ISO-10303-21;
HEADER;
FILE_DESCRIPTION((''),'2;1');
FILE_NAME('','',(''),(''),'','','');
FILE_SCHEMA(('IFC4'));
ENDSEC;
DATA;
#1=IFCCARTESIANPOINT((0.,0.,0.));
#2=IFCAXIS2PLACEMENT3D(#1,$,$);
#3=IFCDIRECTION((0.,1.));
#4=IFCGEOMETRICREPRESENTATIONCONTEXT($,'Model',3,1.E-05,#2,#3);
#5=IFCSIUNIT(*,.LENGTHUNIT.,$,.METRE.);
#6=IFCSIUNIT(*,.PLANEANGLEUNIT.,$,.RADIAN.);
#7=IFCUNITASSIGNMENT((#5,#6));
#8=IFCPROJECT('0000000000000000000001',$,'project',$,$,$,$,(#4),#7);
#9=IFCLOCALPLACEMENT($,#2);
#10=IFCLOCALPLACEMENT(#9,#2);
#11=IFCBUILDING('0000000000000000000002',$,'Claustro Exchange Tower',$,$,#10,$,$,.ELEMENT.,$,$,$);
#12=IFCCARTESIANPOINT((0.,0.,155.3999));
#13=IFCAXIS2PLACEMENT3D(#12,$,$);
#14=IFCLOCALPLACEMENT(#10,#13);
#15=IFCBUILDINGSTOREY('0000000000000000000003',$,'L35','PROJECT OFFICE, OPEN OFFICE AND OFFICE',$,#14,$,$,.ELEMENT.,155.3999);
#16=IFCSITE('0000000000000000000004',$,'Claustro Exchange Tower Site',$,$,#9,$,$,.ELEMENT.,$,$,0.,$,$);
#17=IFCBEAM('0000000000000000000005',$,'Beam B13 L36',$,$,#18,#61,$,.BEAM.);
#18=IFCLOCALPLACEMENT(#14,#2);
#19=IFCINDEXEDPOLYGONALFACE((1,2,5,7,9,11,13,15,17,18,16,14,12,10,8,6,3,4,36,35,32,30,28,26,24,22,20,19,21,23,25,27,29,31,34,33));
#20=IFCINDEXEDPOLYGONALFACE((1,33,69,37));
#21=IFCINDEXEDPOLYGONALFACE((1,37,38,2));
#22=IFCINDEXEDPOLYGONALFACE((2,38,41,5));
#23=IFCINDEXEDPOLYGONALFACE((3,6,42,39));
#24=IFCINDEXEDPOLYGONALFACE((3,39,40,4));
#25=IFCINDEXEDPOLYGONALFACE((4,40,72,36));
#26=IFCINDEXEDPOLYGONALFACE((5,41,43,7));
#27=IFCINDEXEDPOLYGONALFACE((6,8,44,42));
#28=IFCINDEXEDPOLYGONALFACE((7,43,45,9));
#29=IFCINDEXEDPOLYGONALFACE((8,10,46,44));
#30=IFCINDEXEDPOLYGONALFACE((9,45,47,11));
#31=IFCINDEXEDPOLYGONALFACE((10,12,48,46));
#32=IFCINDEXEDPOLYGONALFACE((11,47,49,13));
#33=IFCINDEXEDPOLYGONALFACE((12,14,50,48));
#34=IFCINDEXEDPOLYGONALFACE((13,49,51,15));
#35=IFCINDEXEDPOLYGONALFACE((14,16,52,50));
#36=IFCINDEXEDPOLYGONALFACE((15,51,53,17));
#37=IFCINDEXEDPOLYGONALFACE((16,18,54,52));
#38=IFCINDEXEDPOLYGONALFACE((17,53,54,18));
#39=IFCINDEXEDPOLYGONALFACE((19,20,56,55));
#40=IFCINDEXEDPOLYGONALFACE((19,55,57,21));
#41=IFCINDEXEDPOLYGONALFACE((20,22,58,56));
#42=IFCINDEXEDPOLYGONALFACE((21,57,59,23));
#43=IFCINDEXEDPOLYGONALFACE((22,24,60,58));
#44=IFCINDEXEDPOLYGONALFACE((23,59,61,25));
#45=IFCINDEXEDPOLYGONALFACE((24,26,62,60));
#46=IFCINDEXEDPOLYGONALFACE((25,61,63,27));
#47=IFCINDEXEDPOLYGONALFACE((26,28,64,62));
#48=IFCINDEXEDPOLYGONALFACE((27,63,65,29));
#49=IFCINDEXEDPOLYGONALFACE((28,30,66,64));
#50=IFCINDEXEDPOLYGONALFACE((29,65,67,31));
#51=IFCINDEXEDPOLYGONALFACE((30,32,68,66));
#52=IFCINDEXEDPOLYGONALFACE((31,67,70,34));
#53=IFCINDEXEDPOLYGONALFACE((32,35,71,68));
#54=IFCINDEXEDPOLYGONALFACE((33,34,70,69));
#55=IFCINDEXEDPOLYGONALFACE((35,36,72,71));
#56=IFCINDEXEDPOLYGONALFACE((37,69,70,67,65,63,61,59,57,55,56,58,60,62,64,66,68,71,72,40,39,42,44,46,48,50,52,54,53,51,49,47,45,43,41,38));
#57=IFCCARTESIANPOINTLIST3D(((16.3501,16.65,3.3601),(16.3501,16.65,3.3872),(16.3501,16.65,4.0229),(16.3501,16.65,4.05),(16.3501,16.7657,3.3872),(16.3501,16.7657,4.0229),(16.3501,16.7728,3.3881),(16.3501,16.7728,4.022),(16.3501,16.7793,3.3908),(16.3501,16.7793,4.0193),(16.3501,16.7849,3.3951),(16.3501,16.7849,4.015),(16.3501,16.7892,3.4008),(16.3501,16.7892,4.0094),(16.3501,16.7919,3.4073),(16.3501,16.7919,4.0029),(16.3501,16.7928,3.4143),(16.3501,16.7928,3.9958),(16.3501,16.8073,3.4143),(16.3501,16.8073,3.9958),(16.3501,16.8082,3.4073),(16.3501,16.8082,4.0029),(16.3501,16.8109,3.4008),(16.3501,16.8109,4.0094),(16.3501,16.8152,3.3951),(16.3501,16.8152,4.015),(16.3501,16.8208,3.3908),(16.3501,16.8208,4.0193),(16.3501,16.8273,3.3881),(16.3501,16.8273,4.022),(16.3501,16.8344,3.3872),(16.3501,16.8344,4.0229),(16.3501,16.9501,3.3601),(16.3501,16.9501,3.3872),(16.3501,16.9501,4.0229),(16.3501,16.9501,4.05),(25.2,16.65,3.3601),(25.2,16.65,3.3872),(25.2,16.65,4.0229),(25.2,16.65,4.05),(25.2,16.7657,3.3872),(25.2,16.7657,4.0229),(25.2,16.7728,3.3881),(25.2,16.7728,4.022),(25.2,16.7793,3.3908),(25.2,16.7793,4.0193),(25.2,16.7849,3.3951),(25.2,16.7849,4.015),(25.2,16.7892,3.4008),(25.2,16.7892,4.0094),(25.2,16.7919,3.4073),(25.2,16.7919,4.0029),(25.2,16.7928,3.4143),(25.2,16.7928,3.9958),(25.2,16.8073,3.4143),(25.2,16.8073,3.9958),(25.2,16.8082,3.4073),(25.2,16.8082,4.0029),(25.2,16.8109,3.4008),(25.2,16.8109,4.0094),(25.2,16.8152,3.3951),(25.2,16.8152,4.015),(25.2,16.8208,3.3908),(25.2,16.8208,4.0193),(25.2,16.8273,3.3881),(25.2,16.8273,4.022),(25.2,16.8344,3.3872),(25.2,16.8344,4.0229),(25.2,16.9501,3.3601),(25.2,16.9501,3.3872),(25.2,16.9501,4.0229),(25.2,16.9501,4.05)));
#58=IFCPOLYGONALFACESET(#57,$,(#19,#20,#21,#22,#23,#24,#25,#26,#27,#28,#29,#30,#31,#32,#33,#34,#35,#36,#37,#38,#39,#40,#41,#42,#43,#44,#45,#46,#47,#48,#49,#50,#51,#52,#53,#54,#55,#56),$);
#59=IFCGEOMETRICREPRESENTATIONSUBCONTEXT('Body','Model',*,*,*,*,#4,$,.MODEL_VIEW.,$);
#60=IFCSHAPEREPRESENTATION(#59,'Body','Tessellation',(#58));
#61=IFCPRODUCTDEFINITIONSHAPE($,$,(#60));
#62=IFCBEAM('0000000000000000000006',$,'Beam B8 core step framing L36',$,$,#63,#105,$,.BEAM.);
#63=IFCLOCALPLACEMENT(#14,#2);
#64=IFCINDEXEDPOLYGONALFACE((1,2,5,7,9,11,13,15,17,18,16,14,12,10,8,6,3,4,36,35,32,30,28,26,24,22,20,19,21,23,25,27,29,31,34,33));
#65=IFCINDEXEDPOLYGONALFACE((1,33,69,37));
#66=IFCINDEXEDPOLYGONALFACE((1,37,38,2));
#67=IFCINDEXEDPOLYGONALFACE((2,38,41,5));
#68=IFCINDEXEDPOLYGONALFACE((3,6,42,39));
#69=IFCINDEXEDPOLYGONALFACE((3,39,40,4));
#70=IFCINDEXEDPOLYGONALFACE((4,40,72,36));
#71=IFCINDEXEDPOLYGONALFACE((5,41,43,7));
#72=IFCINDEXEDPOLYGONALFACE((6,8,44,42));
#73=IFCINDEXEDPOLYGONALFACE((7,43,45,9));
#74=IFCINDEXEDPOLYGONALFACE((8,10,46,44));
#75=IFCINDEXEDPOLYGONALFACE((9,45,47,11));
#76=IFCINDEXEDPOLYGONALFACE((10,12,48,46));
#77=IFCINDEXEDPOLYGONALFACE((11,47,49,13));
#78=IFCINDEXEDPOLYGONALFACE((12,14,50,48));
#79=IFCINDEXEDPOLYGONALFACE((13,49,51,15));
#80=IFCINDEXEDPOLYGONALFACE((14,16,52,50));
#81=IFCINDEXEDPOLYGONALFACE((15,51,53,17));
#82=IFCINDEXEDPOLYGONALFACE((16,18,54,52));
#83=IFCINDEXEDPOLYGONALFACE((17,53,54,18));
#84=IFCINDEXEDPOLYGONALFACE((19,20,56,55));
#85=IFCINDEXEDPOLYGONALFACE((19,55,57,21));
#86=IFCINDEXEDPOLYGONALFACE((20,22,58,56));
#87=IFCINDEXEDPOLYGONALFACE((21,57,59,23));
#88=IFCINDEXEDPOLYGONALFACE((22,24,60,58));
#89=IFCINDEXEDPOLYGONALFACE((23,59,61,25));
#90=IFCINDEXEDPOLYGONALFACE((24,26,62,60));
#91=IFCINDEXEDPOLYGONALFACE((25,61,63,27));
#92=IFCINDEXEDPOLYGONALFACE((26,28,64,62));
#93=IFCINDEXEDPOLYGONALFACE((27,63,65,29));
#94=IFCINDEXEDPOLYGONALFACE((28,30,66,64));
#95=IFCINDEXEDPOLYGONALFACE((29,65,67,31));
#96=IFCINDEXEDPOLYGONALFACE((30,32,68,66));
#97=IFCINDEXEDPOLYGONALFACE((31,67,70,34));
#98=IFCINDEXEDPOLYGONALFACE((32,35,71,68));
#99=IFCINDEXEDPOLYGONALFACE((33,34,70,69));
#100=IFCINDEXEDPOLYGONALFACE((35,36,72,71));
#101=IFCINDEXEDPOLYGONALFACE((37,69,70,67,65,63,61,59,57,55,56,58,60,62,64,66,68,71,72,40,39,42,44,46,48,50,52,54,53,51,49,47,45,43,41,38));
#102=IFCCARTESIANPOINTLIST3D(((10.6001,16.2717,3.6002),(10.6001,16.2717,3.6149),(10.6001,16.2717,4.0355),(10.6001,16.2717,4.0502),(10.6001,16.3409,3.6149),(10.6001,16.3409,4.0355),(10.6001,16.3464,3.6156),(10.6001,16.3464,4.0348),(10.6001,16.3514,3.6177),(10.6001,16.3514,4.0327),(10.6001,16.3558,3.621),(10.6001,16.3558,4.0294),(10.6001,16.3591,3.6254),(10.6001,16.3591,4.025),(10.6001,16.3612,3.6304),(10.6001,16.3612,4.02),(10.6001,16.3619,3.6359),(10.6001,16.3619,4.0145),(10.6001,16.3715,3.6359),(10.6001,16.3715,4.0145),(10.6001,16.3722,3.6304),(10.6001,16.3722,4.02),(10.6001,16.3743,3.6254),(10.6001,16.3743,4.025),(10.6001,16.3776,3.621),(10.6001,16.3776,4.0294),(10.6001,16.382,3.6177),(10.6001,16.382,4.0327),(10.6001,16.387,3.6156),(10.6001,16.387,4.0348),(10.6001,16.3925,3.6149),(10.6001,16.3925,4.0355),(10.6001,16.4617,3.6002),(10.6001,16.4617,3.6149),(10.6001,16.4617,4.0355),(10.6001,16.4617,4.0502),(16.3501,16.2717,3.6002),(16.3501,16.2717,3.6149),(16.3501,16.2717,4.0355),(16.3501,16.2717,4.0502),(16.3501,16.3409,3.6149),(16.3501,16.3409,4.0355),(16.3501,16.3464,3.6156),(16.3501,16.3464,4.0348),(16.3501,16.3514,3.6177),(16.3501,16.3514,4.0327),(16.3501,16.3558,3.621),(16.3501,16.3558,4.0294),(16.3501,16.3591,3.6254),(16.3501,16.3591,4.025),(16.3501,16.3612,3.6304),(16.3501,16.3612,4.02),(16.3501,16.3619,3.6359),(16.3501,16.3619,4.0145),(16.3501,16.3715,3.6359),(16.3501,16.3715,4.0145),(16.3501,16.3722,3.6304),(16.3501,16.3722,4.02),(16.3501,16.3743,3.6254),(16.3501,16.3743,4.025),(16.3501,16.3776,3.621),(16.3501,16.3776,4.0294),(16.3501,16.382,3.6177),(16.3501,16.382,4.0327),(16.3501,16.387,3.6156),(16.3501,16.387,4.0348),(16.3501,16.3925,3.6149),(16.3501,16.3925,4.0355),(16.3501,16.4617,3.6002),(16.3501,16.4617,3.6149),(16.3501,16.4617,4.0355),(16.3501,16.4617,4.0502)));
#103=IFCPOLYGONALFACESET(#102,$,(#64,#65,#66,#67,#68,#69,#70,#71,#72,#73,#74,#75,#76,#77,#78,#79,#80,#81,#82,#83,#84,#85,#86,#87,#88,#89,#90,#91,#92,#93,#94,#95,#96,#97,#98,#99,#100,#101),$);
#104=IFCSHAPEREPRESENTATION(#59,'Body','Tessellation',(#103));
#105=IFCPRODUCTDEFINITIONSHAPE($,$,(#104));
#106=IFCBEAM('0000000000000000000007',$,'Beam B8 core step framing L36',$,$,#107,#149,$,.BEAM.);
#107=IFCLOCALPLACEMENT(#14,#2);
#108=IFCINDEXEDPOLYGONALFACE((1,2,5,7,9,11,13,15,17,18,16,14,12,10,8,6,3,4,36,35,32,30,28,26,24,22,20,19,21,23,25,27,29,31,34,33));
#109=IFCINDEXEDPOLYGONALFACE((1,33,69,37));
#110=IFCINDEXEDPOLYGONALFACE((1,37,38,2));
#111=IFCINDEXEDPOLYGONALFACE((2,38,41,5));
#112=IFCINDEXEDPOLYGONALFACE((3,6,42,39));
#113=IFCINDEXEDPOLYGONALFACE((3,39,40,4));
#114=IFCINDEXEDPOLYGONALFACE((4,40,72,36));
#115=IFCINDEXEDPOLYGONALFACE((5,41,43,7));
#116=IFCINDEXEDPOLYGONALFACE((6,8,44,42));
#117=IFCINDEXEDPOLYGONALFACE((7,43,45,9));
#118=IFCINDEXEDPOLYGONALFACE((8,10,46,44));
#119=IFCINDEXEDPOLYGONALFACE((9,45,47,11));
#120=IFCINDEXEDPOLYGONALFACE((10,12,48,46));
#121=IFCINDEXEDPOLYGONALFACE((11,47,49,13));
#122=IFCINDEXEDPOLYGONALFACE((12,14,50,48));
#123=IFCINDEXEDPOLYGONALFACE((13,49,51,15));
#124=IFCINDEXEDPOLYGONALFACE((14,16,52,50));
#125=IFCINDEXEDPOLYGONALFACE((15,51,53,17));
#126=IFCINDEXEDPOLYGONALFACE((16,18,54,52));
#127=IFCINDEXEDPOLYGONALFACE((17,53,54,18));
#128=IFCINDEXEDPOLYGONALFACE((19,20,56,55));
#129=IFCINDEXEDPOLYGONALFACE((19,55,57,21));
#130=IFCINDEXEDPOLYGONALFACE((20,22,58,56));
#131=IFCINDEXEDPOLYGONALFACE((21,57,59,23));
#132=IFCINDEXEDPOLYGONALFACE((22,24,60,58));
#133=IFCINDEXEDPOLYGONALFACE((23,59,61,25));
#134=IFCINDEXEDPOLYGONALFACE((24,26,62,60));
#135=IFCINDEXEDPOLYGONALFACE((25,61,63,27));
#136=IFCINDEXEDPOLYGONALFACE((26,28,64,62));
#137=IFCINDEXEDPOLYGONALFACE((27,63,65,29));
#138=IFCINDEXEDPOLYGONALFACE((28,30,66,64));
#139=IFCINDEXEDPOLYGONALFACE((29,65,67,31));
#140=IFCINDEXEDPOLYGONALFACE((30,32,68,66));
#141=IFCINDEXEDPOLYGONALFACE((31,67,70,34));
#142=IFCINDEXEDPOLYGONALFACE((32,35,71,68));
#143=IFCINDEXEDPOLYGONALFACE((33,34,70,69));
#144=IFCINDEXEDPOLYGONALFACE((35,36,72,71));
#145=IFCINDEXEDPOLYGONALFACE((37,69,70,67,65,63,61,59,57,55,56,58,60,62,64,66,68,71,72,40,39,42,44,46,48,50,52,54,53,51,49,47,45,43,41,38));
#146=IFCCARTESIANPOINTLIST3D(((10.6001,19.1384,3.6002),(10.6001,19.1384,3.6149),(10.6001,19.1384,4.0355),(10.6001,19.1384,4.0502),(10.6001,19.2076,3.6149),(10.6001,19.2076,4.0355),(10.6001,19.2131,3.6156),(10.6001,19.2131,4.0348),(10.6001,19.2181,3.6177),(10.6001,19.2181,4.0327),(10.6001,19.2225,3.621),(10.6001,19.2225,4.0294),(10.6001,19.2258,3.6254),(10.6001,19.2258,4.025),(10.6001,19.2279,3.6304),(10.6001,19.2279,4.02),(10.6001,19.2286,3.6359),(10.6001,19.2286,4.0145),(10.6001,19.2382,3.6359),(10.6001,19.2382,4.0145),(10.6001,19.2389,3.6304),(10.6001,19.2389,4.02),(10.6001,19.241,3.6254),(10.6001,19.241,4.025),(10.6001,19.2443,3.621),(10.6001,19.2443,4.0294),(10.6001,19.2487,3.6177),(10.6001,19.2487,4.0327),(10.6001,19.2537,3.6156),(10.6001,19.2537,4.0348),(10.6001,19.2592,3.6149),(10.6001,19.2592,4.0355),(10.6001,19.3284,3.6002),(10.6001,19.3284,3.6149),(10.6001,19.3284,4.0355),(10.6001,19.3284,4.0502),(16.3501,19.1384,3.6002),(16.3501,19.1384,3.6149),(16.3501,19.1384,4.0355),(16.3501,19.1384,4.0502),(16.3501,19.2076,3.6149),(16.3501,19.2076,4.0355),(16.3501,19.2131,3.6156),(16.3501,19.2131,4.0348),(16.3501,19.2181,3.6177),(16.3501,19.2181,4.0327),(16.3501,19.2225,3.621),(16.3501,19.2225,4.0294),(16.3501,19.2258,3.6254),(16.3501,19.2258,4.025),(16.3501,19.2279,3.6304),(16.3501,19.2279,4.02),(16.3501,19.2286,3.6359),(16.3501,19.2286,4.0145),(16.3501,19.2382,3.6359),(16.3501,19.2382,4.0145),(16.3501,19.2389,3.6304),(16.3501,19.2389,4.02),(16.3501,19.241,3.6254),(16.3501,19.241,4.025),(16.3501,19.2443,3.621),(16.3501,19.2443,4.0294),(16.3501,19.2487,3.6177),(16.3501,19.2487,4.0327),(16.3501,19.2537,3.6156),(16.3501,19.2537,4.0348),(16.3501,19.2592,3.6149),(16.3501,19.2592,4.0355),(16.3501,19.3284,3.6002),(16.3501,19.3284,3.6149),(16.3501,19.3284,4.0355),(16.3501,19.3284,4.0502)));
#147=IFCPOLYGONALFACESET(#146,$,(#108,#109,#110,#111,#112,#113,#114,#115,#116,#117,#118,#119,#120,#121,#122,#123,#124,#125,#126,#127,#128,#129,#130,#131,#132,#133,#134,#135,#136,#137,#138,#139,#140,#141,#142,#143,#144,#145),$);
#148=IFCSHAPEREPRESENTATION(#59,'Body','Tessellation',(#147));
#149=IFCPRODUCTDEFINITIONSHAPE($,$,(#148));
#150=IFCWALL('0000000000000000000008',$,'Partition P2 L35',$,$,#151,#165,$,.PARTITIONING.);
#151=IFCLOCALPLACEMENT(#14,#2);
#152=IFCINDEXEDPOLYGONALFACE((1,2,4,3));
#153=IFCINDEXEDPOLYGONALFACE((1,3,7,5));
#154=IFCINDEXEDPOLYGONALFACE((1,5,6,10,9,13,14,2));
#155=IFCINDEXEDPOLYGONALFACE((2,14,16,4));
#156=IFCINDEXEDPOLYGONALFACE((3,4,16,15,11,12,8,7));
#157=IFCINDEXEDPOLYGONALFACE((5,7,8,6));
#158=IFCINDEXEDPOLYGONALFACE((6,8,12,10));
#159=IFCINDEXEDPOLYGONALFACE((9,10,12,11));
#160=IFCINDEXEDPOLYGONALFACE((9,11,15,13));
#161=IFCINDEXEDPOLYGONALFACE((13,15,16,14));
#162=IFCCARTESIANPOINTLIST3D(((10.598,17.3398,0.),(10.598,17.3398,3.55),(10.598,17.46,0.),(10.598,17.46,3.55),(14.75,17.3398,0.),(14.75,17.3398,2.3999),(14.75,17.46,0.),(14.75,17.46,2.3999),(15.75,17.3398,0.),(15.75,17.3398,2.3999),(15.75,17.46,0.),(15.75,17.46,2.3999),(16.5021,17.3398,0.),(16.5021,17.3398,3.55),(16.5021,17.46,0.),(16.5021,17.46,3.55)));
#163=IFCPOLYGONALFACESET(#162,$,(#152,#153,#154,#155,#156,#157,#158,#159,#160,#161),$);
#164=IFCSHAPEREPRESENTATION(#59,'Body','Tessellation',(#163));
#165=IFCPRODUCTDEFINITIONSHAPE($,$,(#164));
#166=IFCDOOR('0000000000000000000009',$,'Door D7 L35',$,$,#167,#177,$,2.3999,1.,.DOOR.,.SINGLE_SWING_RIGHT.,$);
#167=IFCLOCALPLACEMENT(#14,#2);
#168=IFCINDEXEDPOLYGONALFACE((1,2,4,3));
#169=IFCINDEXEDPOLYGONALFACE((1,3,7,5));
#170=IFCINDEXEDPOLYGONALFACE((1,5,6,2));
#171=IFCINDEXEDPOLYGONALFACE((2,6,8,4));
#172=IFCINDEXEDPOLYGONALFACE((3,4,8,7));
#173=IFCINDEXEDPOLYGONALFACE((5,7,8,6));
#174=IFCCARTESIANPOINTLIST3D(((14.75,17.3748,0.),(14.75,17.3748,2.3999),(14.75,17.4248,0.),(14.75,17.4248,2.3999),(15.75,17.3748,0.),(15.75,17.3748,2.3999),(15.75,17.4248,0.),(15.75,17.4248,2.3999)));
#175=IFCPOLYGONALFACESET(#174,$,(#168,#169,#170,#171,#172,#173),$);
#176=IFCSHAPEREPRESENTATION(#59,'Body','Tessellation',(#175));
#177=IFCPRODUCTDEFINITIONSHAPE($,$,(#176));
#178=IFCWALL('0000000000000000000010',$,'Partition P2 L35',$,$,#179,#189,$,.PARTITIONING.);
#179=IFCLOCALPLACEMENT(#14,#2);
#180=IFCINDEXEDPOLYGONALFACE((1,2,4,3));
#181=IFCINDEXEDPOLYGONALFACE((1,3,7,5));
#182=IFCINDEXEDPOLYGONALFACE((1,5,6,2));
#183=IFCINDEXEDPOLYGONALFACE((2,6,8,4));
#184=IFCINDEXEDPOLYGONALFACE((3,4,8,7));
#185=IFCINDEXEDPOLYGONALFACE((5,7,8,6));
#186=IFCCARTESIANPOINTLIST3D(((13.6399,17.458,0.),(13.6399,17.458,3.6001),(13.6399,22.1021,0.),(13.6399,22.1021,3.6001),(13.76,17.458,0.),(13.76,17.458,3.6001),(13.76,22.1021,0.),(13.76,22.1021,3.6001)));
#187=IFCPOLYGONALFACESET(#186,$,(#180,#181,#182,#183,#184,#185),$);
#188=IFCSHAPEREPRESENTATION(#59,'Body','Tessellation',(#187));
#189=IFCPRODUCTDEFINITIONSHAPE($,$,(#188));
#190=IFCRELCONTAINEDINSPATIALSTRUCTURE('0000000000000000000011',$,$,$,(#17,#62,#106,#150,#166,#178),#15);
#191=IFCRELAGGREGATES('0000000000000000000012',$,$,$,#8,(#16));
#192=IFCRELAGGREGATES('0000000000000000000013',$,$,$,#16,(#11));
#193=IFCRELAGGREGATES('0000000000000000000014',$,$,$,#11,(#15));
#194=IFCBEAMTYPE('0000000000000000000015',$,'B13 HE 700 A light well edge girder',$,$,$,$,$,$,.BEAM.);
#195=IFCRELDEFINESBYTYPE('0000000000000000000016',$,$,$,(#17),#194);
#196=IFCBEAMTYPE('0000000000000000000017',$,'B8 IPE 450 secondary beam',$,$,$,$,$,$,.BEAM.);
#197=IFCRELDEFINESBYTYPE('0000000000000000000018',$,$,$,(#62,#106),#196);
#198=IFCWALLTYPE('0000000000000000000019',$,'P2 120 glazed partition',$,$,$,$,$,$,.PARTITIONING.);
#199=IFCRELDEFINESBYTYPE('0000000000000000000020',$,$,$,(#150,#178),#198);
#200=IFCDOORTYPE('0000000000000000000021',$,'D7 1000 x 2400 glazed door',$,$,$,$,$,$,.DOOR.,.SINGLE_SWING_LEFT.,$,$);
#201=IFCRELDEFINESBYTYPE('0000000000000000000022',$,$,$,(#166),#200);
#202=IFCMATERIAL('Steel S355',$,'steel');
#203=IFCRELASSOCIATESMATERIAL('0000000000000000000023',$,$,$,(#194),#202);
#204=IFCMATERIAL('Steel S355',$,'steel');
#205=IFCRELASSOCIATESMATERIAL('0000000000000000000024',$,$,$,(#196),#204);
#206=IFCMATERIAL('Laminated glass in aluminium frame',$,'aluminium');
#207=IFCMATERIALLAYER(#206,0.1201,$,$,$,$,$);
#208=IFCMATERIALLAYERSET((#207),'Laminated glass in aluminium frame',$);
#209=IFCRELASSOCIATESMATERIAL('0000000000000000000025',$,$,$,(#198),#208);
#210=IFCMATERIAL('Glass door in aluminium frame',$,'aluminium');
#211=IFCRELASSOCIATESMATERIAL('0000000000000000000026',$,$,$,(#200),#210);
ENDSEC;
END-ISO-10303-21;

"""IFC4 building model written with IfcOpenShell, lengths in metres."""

from ifc_helpers import new_model, si_unit, direction, frame, frame_2d, origin, origin_2d, place, context, subcontext, project, spatial, rectangle, i_section, extrude, material, layer, layer_set, material_profile, profile_set, type_object, element, fill, save


model = new_model("IFC4")

# Units and contexts
model_context = context("Model", 3, precision=1e-05, world=origin(), true_north=direction((0.0, 1.0)))
body_context = subcontext(model_context, "Body", "Model", "MODEL_VIEW")
ifc_project = project(units=[si_unit("LENGTHUNIT", "METRE"), si_unit("PLANEANGLEUNIT", "RADIAN")], contexts=[model_context])

# Site, building, storey
site_placement = place(None, origin())
site = spatial("IfcSite", under=ifc_project, at=site_placement, Name="Claustro Exchange Tower Site", CompositionType="ELEMENT", RefElevation=0.0)
building_placement = place(site_placement, origin())
building = spatial("IfcBuilding", under=site, at=building_placement, Name="Claustro Exchange Tower", CompositionType="ELEMENT")
storey_placement = place(building_placement, frame((0.0, 0.0, 155.3999)))
storey = spatial("IfcBuildingStorey", under=building, at=storey_placement, Name="L35", Description="PROJECT OFFICE, OPEN OFFICE AND OFFICE", CompositionType="ELEMENT", Elevation=155.3999)

# Beams
ifc_material_1 = material(Name="Steel S355", Category="steel")
ifc_material_profile_1 = material_profile(ifc_material_1, i_section(OverallWidth=0.3, OverallDepth=0.6899, WebThickness=0.0144, FlangeThickness=0.0271, FilletRadius=0.0271, at=origin_2d()), Name="HE 700 A")
ifc_profile_set_1 = profile_set([ifc_material_profile_1], Name="Steel S355")
beam_type_1 = type_object("IfcBeamType", Name="B13 HE 700 A light well edge girder", PredefinedType="BEAM", material=ifc_profile_set_1)
beam_placement = place(storey_placement, frame((16.3501, 16.8, 3.7051), z_axis=(1.0, 0.0, 0.0), x_axis=(0.0, 1.0, 0.0)))
element("IfcBeam", 1, at=beam_placement, inside=storey, type_object=beam_type_1, Name="Beam B13 L36", PredefinedType="BEAM", context=body_context, shape_type="SweptSolid", body=[
    extrude(i_section(OverallWidth=0.3, OverallDepth=0.6899, WebThickness=0.0144, FlangeThickness=0.0271, FilletRadius=0.0271, at=origin_2d()), origin(), (0.0, 0.0, 1.0), 8.8499),
])
ifc_material_2 = material(Name="Steel S355", Category="steel")
ifc_material_profile_2 = material_profile(ifc_material_2, i_section(OverallWidth=0.1899, OverallDepth=0.45, WebThickness=0.0095, FlangeThickness=0.0146, FilletRadius=0.021, at=origin_2d()), Name="IPE 450")
ifc_profile_set_2 = profile_set([ifc_material_profile_2], Name="Steel S355")
beam_type_2 = type_object("IfcBeamType", Name="B8 IPE 450 secondary beam", PredefinedType="BEAM", material=ifc_profile_set_2)
for number, where, z_axis, x_axis, name in (
    (2, (10.6001, 16.3667, 3.8252), (1.0, 0.0, 0.0), (0.0, 1.0, 0.0), "Beam B8 core step framing L36"),
    (3, (10.6001, 19.2334, 3.8252), (1.0, 0.0, 0.0), (0.0, 1.0, 0.0), "Beam B8 core step framing L36"),
):
    element("IfcBeam", number, at=place(storey_placement, frame(where, z_axis=z_axis, x_axis=x_axis)), inside=storey, type_object=beam_type_2, Name=name, PredefinedType="BEAM", context=body_context, shape_type="SweptSolid", body=[
        extrude(i_section(OverallWidth=0.1899, OverallDepth=0.45, WebThickness=0.0095, FlangeThickness=0.0146, FilletRadius=0.021, at=origin_2d()), origin(), (0.0, 0.0, 1.0), 5.75),
    ])

# Wall, opening, door
ifc_material_3 = material(Name="Laminated glass in aluminium frame", Category="aluminium")
ifc_layer_1 = layer(ifc_material_3, 0.1201)
ifc_layer_set_1 = layer_set([ifc_layer_1], Name="Laminated glass in aluminium frame")
wall_type_1 = type_object("IfcWallType", Name="P2 120 glazed partition", PredefinedType="PARTITIONING", material=ifc_layer_set_1)
wall_1_placement = place(storey_placement, frame((10.5979, 17.3999, 0.0), z_axis=(0.0, 0.0, 1.0), x_axis=(1.0, 0.0, 0.0)))
wall_1 = element("IfcWall", 4, at=wall_1_placement, inside=storey, type_object=wall_type_1, Name="Partition P2 L35", PredefinedType="PARTITIONING", context=body_context, shape_type="SweptSolid", body=[
    extrude(rectangle(XDim=5.9041, YDim=0.1201, at=frame_2d((2.9521, 0.0))), origin(), (0.0, 0.0, 1.0), 3.55),
])
opening_1_placement = place(wall_1_placement, frame((4.1521, 0.0, 0.0)))
opening_1 = element("IfcOpeningElement", 5, at=opening_1_placement, cuts=wall_1, PredefinedType="OPENING", context=body_context, shape_type="SweptSolid", body=[
    extrude(rectangle(XDim=1.0, YDim=2.3999, at=frame_2d((0.5, 1.2))), frame((0.0, 0.0701, 0.0), z_axis=(0.0, -1.0, 0.0), x_axis=(1.0, 0.0, 0.0)), (0.0, 0.0, 1.0), 0.1401),
])
ifc_material_4 = material(Name="Glass door in aluminium frame", Category="aluminium")
door_type_1 = type_object("IfcDoorType", Name="D7 1000 x 2400 glazed door", OperationType="SINGLE_SWING_LEFT", PredefinedType="DOOR", material=ifc_material_4)
door_1_placement = place(opening_1_placement, origin())
door_1 = element("IfcDoor", 6, at=door_1_placement, inside=storey, type_object=door_type_1, Name="Door D7 L35", OperationType="SINGLE_SWING_RIGHT", OverallHeight=2.3999, OverallWidth=1.0, PredefinedType="DOOR", context=body_context, shape_type="SweptSolid", body=[
    extrude(rectangle(XDim=1.0, YDim=2.3999, at=frame_2d((0.5, 1.2))), frame((0.0, 0.0249, 0.0), z_axis=(0.0, -1.0, 0.0), x_axis=(1.0, 0.0, 0.0)), (0.0, 0.0, 1.0), 0.05),
])
fill(opening_1, door_1)

# Wall
wall_2_placement = place(storey_placement, frame((13.7, 17.458, 0.0), z_axis=(0.0, 0.0, 1.0), x_axis=(0.0, 1.0, 0.0)))
element("IfcWall", 7, at=wall_2_placement, inside=storey, type_object=wall_type_1, Name="Partition P2 L35", PredefinedType="PARTITIONING", context=body_context, shape_type="SweptSolid", body=[
    extrude(rectangle(XDim=4.644, YDim=0.1201, at=frame_2d((2.322, 0.0))), origin(), (0.0, 0.0, 1.0), 3.6001),
])

save(model, "model.ifc")
